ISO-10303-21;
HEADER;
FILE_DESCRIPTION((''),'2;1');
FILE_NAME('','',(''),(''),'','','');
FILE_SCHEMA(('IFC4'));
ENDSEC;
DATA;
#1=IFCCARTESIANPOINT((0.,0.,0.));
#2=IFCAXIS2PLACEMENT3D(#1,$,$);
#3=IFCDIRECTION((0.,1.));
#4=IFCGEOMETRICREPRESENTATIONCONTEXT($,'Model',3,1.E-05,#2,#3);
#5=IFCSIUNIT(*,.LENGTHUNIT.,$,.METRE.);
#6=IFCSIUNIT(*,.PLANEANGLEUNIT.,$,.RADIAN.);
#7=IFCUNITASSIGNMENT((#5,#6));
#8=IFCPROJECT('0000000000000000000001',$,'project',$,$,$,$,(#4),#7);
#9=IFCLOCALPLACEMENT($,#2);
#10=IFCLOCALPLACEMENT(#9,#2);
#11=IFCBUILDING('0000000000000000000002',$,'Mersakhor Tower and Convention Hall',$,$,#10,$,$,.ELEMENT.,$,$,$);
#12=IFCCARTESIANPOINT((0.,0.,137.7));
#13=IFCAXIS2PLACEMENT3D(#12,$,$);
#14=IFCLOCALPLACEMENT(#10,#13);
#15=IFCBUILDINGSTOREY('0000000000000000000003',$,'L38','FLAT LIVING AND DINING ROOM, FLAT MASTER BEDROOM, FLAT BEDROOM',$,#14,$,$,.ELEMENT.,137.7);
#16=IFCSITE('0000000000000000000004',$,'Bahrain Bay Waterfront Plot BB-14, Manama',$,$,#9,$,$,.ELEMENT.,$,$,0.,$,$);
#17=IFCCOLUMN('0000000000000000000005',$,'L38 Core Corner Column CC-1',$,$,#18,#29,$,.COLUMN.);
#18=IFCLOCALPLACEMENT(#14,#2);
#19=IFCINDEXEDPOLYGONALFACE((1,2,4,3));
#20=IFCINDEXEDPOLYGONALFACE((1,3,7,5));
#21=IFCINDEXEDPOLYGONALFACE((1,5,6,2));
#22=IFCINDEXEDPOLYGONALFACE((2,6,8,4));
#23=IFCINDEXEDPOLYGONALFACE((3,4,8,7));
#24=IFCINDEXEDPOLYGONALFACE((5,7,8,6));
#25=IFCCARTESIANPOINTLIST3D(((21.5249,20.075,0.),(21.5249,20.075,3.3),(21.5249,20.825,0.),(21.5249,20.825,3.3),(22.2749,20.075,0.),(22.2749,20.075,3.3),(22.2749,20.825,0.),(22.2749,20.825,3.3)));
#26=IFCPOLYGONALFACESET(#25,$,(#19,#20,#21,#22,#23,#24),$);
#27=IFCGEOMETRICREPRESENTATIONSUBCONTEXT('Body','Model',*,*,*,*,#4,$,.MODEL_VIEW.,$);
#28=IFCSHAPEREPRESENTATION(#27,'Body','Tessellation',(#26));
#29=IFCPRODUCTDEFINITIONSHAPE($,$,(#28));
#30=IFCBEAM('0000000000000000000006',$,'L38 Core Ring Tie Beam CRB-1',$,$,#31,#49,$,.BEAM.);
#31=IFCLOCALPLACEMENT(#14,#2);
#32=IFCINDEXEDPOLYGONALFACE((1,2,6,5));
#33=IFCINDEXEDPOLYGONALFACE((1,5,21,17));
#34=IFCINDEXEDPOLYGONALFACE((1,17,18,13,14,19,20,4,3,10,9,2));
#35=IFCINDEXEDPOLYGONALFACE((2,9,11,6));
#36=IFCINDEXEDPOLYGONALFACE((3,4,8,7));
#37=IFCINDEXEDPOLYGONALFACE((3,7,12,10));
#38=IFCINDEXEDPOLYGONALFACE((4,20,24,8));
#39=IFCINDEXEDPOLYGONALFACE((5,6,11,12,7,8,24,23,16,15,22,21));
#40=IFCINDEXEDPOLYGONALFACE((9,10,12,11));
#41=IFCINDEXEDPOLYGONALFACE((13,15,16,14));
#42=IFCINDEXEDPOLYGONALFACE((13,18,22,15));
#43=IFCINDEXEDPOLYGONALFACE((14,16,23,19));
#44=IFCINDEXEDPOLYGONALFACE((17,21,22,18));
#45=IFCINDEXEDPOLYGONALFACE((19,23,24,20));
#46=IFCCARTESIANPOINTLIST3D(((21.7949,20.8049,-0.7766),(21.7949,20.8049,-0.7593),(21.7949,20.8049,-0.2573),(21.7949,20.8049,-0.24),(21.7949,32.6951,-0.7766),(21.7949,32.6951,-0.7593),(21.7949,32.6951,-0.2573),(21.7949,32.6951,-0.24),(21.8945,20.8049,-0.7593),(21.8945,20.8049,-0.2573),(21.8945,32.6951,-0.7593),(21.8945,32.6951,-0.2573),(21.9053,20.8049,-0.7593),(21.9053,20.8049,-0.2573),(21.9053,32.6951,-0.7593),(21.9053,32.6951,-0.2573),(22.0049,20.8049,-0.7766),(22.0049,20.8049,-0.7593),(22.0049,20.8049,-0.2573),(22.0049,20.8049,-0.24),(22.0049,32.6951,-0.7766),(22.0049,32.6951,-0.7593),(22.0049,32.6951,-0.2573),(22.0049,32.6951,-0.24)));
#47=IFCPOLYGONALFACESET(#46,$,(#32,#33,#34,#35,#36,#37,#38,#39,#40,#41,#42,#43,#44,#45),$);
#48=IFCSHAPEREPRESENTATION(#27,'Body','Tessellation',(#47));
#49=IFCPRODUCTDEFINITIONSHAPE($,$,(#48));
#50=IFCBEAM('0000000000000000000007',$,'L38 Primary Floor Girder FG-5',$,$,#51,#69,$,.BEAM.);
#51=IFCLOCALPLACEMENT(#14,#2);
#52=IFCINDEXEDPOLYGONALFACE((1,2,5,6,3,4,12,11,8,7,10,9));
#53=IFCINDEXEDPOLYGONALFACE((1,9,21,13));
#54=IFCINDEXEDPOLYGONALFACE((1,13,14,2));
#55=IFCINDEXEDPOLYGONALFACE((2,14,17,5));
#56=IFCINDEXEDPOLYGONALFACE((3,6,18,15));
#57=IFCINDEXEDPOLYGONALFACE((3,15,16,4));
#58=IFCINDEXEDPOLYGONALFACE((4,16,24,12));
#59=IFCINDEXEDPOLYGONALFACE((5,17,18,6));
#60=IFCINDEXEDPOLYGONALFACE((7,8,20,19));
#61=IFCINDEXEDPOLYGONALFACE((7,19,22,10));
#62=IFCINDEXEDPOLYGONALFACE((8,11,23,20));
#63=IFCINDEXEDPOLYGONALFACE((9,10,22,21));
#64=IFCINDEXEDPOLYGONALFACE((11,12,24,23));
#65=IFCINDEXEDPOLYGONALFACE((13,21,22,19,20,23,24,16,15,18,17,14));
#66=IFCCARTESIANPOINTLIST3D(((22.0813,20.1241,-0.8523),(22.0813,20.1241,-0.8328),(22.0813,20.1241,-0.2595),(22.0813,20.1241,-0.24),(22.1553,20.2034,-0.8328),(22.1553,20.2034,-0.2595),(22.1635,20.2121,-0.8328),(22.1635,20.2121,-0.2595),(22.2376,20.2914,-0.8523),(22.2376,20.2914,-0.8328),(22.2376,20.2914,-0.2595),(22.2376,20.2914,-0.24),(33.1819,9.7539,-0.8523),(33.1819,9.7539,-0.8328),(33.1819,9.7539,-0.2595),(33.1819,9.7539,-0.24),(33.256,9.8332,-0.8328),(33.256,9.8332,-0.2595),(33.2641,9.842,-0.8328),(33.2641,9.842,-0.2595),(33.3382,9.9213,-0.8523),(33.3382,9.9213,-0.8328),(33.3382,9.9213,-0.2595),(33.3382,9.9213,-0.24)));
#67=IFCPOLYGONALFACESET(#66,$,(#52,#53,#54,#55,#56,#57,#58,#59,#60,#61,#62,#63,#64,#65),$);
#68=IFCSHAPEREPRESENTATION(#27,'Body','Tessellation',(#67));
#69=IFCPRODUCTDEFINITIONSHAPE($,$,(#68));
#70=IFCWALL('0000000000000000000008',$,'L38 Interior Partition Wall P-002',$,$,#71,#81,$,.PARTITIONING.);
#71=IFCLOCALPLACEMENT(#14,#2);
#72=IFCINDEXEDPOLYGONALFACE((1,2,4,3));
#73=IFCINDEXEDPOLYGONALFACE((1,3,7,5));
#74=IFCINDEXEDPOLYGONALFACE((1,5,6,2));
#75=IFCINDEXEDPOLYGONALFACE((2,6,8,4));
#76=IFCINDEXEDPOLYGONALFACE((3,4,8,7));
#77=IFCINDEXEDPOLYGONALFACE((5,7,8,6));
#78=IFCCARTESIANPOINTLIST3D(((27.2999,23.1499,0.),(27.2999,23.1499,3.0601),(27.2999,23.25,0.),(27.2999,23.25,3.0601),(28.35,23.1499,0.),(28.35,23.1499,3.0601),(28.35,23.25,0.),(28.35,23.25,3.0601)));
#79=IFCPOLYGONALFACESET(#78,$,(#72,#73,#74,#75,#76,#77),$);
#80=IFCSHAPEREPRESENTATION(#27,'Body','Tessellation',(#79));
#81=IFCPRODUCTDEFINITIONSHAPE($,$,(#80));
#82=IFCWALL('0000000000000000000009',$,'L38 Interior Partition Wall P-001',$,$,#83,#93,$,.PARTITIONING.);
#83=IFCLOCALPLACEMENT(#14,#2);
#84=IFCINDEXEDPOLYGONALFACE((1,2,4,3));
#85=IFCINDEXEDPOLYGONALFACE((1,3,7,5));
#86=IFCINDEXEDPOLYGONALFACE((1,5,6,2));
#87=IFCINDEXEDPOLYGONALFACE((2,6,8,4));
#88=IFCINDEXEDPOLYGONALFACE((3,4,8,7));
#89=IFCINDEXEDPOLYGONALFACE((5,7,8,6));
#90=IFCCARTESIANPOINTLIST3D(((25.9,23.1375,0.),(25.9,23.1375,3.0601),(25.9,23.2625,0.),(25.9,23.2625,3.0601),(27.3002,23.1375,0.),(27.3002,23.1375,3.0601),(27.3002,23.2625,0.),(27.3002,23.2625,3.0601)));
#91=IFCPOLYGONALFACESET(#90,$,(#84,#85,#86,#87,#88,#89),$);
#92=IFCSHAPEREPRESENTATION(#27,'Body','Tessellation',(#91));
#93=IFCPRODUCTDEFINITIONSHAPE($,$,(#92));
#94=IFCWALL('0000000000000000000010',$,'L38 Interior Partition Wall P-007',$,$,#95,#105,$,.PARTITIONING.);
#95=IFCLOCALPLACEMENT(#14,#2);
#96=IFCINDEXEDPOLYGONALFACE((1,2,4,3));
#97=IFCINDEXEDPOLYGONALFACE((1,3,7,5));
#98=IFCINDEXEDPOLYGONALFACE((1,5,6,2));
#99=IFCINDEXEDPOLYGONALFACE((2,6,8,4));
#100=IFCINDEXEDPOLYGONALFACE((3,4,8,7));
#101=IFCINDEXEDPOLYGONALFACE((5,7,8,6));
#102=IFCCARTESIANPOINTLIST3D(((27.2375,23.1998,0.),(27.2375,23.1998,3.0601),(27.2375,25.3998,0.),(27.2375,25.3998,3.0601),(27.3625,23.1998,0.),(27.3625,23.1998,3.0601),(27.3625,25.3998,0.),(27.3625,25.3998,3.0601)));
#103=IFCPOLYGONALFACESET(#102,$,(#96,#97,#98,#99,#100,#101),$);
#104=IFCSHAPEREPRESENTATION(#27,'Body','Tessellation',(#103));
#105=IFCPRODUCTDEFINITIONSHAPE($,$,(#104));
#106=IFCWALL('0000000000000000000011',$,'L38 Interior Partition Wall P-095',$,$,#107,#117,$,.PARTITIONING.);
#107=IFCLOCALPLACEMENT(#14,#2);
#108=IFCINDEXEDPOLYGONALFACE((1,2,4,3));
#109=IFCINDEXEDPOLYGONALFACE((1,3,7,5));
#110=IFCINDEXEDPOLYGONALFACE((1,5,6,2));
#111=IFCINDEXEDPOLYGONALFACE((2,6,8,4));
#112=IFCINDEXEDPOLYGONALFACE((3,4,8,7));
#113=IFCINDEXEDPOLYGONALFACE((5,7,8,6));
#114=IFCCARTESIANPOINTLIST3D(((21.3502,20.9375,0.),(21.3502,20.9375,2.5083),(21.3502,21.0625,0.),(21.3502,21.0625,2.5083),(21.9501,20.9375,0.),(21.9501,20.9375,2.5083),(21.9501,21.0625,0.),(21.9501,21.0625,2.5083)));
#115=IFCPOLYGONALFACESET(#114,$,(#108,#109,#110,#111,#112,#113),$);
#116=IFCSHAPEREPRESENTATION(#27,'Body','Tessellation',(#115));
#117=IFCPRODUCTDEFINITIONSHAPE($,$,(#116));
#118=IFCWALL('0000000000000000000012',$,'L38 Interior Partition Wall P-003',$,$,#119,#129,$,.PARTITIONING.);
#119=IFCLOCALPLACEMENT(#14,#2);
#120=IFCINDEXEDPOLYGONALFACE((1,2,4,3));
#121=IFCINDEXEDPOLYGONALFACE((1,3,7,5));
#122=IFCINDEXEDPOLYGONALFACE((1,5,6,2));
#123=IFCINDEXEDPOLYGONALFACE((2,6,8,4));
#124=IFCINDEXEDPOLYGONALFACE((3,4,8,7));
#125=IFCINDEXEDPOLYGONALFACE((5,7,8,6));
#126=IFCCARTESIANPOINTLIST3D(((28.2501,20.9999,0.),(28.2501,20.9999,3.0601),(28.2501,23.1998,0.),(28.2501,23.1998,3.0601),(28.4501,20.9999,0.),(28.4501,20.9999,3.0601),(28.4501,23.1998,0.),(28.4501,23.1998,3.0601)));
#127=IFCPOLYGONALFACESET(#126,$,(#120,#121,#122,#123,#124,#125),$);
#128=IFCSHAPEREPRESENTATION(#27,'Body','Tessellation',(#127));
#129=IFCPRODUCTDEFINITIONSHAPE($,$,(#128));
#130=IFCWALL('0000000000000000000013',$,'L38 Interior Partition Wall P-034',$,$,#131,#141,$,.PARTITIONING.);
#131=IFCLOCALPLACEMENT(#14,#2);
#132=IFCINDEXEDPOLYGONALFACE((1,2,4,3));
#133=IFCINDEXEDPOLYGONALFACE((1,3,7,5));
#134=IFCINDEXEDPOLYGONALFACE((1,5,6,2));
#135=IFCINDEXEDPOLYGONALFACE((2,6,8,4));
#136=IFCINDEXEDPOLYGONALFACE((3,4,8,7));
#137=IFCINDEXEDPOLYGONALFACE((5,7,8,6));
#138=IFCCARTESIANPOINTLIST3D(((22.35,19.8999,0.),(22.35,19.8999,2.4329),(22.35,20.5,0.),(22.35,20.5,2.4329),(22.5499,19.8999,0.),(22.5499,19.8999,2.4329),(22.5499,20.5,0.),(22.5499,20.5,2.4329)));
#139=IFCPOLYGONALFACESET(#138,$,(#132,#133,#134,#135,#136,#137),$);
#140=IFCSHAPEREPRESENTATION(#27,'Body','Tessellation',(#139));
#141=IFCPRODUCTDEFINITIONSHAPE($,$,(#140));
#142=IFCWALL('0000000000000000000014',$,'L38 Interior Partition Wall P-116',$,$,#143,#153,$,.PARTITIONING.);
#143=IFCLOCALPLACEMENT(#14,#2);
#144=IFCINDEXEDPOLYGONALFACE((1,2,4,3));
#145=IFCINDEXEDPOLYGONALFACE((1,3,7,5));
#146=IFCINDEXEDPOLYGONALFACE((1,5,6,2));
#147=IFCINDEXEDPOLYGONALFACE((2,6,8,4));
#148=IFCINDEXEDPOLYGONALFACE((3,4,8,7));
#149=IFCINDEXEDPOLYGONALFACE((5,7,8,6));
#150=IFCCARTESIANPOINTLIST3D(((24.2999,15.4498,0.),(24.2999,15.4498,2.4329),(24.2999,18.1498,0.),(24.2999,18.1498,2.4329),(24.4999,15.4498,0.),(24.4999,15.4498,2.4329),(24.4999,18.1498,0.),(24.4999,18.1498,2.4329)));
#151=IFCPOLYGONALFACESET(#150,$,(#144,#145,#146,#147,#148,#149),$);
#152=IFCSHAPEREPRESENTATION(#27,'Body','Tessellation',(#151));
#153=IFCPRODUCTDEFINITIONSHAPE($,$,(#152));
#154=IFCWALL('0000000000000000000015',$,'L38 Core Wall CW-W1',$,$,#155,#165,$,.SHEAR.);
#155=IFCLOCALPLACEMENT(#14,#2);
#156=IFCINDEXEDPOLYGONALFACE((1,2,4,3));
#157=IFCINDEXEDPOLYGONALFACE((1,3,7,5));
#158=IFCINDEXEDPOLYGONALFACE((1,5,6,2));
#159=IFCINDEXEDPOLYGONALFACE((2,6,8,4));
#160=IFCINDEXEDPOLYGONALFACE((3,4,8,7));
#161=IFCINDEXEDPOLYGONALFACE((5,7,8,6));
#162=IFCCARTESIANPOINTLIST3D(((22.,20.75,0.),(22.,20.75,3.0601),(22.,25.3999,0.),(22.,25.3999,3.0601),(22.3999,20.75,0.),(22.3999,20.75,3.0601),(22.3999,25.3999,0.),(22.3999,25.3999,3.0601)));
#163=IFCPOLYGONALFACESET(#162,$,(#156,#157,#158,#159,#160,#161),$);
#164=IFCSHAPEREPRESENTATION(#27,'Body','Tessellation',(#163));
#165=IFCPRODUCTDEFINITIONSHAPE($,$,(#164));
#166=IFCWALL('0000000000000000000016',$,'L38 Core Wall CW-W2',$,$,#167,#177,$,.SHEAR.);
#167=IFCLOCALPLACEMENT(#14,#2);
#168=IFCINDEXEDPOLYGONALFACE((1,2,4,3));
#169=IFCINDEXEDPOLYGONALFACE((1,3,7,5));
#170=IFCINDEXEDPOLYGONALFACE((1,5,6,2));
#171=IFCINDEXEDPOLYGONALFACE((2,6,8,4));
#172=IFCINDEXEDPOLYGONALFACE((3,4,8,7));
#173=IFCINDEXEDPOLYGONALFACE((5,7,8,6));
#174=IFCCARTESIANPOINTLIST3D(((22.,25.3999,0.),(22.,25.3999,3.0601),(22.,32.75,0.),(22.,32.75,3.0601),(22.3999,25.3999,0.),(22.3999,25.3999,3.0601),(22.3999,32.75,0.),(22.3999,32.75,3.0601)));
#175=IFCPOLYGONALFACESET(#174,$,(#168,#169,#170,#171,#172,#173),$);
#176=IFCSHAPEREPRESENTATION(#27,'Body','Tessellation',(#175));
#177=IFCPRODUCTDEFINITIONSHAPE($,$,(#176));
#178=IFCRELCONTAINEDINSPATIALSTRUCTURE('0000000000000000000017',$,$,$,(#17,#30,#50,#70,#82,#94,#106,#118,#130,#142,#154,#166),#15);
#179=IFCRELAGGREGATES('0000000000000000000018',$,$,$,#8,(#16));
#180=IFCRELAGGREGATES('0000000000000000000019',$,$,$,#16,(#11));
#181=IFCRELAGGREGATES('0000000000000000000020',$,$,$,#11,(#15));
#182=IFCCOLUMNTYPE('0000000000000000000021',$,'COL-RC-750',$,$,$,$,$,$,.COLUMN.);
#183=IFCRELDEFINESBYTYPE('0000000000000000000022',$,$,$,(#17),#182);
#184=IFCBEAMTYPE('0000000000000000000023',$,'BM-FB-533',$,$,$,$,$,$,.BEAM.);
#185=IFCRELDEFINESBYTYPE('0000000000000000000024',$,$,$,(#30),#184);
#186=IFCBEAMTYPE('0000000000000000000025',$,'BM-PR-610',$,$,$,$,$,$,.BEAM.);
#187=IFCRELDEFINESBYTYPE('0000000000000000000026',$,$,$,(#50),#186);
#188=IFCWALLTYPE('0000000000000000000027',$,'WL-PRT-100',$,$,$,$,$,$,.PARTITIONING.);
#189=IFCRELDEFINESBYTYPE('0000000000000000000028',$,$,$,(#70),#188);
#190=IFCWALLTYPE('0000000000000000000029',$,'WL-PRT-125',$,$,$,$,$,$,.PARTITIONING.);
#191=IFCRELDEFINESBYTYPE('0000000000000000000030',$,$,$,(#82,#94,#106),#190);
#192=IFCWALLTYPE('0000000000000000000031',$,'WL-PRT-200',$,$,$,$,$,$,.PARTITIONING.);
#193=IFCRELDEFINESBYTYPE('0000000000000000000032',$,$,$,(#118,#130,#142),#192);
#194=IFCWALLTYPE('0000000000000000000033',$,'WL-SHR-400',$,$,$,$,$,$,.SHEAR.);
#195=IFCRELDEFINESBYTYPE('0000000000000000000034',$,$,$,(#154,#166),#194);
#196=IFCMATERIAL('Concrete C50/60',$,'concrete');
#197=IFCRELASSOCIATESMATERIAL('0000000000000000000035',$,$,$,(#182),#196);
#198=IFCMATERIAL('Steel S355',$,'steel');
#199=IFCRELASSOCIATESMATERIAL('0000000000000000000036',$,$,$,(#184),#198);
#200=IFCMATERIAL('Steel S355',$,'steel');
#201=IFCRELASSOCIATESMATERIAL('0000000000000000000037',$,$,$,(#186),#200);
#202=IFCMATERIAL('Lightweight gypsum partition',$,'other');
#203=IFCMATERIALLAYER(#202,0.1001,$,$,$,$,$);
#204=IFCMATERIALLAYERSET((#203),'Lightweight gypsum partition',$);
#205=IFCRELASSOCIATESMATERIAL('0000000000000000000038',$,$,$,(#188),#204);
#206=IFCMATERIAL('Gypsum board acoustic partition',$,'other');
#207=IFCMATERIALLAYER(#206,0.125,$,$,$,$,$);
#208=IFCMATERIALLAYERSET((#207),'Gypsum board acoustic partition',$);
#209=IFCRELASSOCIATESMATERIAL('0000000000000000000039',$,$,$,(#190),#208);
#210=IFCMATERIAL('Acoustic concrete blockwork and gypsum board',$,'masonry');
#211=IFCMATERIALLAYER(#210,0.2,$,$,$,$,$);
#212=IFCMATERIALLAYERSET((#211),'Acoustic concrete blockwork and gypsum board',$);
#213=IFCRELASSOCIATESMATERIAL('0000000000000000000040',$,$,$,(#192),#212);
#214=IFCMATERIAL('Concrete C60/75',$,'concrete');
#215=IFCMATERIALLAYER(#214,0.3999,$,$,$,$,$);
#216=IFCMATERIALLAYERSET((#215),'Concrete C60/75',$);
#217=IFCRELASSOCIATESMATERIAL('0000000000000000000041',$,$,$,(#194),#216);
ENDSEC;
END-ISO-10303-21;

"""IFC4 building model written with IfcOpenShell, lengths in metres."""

from ifc_helpers import new_model, si_unit, direction, frame, frame_2d, origin, origin_2d, place, context, subcontext, project, spatial, rectangle, i_section, extrude, material, layer, layer_set, material_profile, profile_set, type_object, element, save


model = new_model("IFC4")

# Units and contexts
model_context = context("Model", 3, precision=1e-05, world=origin(), true_north=direction((0.0, 1.0)))
body_context = subcontext(model_context, "Body", "Model", "MODEL_VIEW")
ifc_project = project(units=[si_unit("LENGTHUNIT", "METRE"), si_unit("PLANEANGLEUNIT", "RADIAN")], contexts=[model_context])

# Site, building, storey
site_placement = place(None, origin())
site = spatial("IfcSite", under=ifc_project, at=site_placement, Name="Bahrain Bay Waterfront Plot BB-14, Manama", CompositionType="ELEMENT", RefElevation=0.0)
building_placement = place(site_placement, origin())
building = spatial("IfcBuilding", under=site, at=building_placement, Name="Mersakhor Tower and Convention Hall", CompositionType="ELEMENT")
storey_placement = place(building_placement, frame((0.0, 0.0, 137.7)))
storey = spatial("IfcBuildingStorey", under=building, at=storey_placement, Name="L38", Description="FLAT LIVING AND DINING ROOM, FLAT MASTER BEDROOM, FLAT BEDROOM", CompositionType="ELEMENT", Elevation=137.7)

# Column
ifc_material_1 = material(Name="Concrete C50/60", Category="concrete")
ifc_material_profile_1 = material_profile(ifc_material_1, rectangle(XDim=0.75, YDim=0.75, at=origin_2d()), Name="RC 750x750")
ifc_profile_set_1 = profile_set([ifc_material_profile_1], Name="Concrete C50/60")
column_type = type_object("IfcColumnType", Name="COL-RC-750", PredefinedType="COLUMN", material=ifc_profile_set_1)
column_placement = place(storey_placement, frame((21.8999, 20.45, 0.0), z_axis=(0.0, 0.0, 1.0), x_axis=(1.0, 0.0, 0.0)))
element("IfcColumn", 1, at=column_placement, inside=storey, type_object=column_type, Name="L38 Core Corner Column CC-1", PredefinedType="COLUMN", context=body_context, shape_type="SweptSolid", body=[
    extrude(rectangle(XDim=0.75, YDim=0.75, at=origin_2d()), origin(), (0.0, 0.0, 1.0), 3.3),
])

# Beams
ifc_material_2 = material(Name="Steel S355", Category="steel")
ifc_material_profile_2 = material_profile(ifc_material_2, i_section(OverallWidth=0.21, OverallDepth=0.5366, WebThickness=0.0107, FlangeThickness=0.0173, at=origin_2d()), Name="UB 533x210x101")
ifc_profile_set_2 = profile_set([ifc_material_profile_2], Name="Steel S355")
beam_type_1 = type_object("IfcBeamType", Name="BM-FB-533", PredefinedType="BEAM", material=ifc_profile_set_2)
beam_1_placement = place(storey_placement, frame((21.8999, 20.8049, -0.5083), z_axis=(0.0, 1.0, 0.0), x_axis=(-1.0, 0.0, 0.0)))
element("IfcBeam", 2, at=beam_1_placement, inside=storey, type_object=beam_type_1, Name="L38 Core Ring Tie Beam CRB-1", PredefinedType="BEAM", context=body_context, shape_type="SweptSolid", body=[
    extrude(i_section(OverallWidth=0.21, OverallDepth=0.5366, WebThickness=0.0107, FlangeThickness=0.0173, at=origin_2d()), origin(), (0.0, 0.0, 1.0), 11.8901),
])
ifc_material_3 = material(Name="Steel S355", Category="steel")
ifc_material_profile_3 = material_profile(ifc_material_3, i_section(OverallWidth=0.229, OverallDepth=0.6123, WebThickness=0.012, FlangeThickness=0.0195, at=origin_2d()), Name="UB 610x229x125")
ifc_profile_set_3 = profile_set([ifc_material_profile_3], Name="Steel S355")
beam_type_2 = type_object("IfcBeamType", Name="BM-PR-610", PredefinedType="BEAM", material=ifc_profile_set_3)
beam_2_placement = place(storey_placement, frame((22.1594, 20.2078, -0.5461), z_axis=(0.730741, -0.682655, 0.0), x_axis=(0.682655, 0.730741, 0.0)))
element("IfcBeam", 3, at=beam_2_placement, inside=storey, type_object=beam_type_2, Name="L38 Primary Floor Girder FG-5", PredefinedType="BEAM", context=body_context, shape_type="SweptSolid", body=[
    extrude(i_section(OverallWidth=0.229, OverallDepth=0.6123, WebThickness=0.012, FlangeThickness=0.0195, at=origin_2d()), origin(), (0.0, 0.0, 1.0), 15.1909),
])

# Walls
ifc_material_4 = material(Name="Lightweight gypsum partition", Category="other")
ifc_layer_1 = layer(ifc_material_4, 0.1001)
ifc_layer_set_1 = layer_set([ifc_layer_1], Name="Lightweight gypsum partition")
wall_type_1 = type_object("IfcWallType", Name="WL-PRT-100", PredefinedType="PARTITIONING", material=ifc_layer_set_1)
wall_1_placement = place(storey_placement, frame((27.3, 23.2, 0.0), z_axis=(0.0, 0.0, 1.0), x_axis=(1.0, 0.0, 0.0)))
element("IfcWall", 4, at=wall_1_placement, inside=storey, type_object=wall_type_1, Name="L38 Interior Partition Wall P-002", PredefinedType="PARTITIONING", context=body_context, shape_type="SweptSolid", body=[
    extrude(rectangle(XDim=1.05, YDim=0.1001, at=frame_2d((0.5249, 0.0))), origin(), (0.0, 0.0, 1.0), 3.0601),
])
ifc_material_5 = material(Name="Gypsum board acoustic partition", Category="other")
ifc_layer_2 = layer(ifc_material_5, 0.125)
ifc_layer_set_2 = layer_set([ifc_layer_2], Name="Gypsum board acoustic partition")
wall_type_2 = type_object("IfcWallType", Name="WL-PRT-125", PredefinedType="PARTITIONING", material=ifc_layer_set_2)
wall_2_placement = place(storey_placement, frame((25.8999, 23.2, 0.0), z_axis=(0.0, 0.0, 1.0), x_axis=(1.0, 0.0, 0.0)))
element("IfcWall", 5, at=wall_2_placement, inside=storey, type_object=wall_type_2, Name="L38 Interior Partition Wall P-001", PredefinedType="PARTITIONING", context=body_context, shape_type="SweptSolid", body=[
    extrude(rectangle(XDim=1.4001, YDim=0.125, at=frame_2d((0.7002, 0.0))), origin(), (0.0, 0.0, 1.0), 3.0601),
])
wall_3_placement = place(storey_placement, frame((27.3, 25.3999, 0.0), z_axis=(0.0, 0.0, 1.0), x_axis=(0.0, -1.0, 0.0)))
element("IfcWall", 6, at=wall_3_placement, inside=storey, type_object=wall_type_2, Name="L38 Interior Partition Wall P-007", PredefinedType="PARTITIONING", context=body_context, shape_type="SweptSolid", body=[
    extrude(rectangle(XDim=2.2, YDim=0.125, at=frame_2d((1.1001, 0.0))), origin(), (0.0, 0.0, 1.0), 3.0601),
])
wall_4_placement = place(storey_placement, frame((21.95, 21.0, 0.0), z_axis=(0.0, 0.0, 1.0), x_axis=(-1.0, 0.0, 0.0)))
element("IfcWall", 7, at=wall_4_placement, inside=storey, type_object=wall_type_2, Name="L38 Interior Partition Wall P-095", PredefinedType="PARTITIONING", context=body_context, shape_type="SweptSolid", body=[
    extrude(rectangle(XDim=0.5999, YDim=0.125, at=frame_2d((0.2998, 0.0))), origin(), (0.0, 0.0, 1.0), 2.5083),
])

# Shared definitions
ifc_material_6 = material(Name="Acoustic concrete blockwork and gypsum board", Category="masonry")
ifc_layer_3 = layer(ifc_material_6, 0.2)
ifc_layer_set_3 = layer_set([ifc_layer_3], Name="Acoustic concrete blockwork and gypsum board")
wall_type_3 = type_object("IfcWallType", Name="WL-PRT-200", PredefinedType="PARTITIONING", material=ifc_layer_set_3)

# Walls
wall_5_placement = place(storey_placement, frame((28.3501, 23.2, 0.0), z_axis=(0.0, 0.0, 1.0), x_axis=(0.0, -1.0, 0.0)))
element("IfcWall", 8, at=wall_5_placement, inside=storey, type_object=wall_type_3, Name="L38 Interior Partition Wall P-003", PredefinedType="PARTITIONING", context=body_context, shape_type="SweptSolid", body=[
    extrude(rectangle(XDim=2.2, YDim=0.2, at=frame_2d((1.1001, 0.0))), origin(), (0.0, 0.0, 1.0), 3.0601),
])
wall_6_placement = place(storey_placement, frame((22.45, 19.8999, 0.0), z_axis=(0.0, 0.0, 1.0), x_axis=(0.0, 1.0, 0.0)))
element("IfcWall", 9, at=wall_6_placement, inside=storey, type_object=wall_type_3, Name="L38 Interior Partition Wall P-034", PredefinedType="PARTITIONING", context=body_context, shape_type="SweptSolid", body=[
    extrude(rectangle(XDim=0.6001, YDim=0.2, at=frame_2d((0.3, 0.0))), origin(), (0.0, 0.0, 1.0), 2.4329),
])

# Wall
wall_7_placement = place(storey_placement, frame((24.3999, 18.1499, 0.0), z_axis=(0.0, 0.0, 1.0), x_axis=(0.0, -1.0, 0.0)))
element("IfcWall", 10, at=wall_7_placement, inside=storey, type_object=wall_type_3, Name="L38 Interior Partition Wall P-116", PredefinedType="PARTITIONING", context=body_context, shape_type="SweptSolid", body=[
    extrude(rectangle(XDim=2.7, YDim=0.2, at=frame_2d((1.3501, 0.0))), origin(), (0.0, 0.0, 1.0), 2.4329),
])

# Walls
ifc_material_7 = material(Name="Concrete C60/75", Category="concrete")
ifc_layer_4 = layer(ifc_material_7, 0.3999)
ifc_layer_set_4 = layer_set([ifc_layer_4], Name="Concrete C60/75")
wall_type_4 = type_object("IfcWallType", Name="WL-SHR-400", PredefinedType="SHEAR", material=ifc_layer_set_4)
wall_8_placement = place(storey_placement, frame((22.2, 20.75, 0.0), z_axis=(0.0, 0.0, 1.0), x_axis=(0.0, 1.0, 0.0)))
element("IfcWall", 11, at=wall_8_placement, inside=storey, type_object=wall_type_4, Name="L38 Core Wall CW-W1", PredefinedType="SHEAR", context=body_context, shape_type="SweptSolid", body=[
    extrude(rectangle(XDim=4.6499, YDim=0.3999, at=frame_2d((2.325, 0.0))), origin(), (0.0, 0.0, 1.0), 3.0601),
])
wall_9_placement = place(storey_placement, frame((22.2, 25.3999, 0.0), z_axis=(0.0, 0.0, 1.0), x_axis=(0.0, 1.0, 0.0)))
element("IfcWall", 12, at=wall_9_placement, inside=storey, type_object=wall_type_4, Name="L38 Core Wall CW-W2", PredefinedType="SHEAR", context=body_context, shape_type="SweptSolid", body=[
    extrude(rectangle(XDim=7.3501, YDim=0.3999, at=frame_2d((3.675, 0.0))), origin(), (0.0, 0.0, 1.0), 3.0601),
])

save(model, "model.ifc")
